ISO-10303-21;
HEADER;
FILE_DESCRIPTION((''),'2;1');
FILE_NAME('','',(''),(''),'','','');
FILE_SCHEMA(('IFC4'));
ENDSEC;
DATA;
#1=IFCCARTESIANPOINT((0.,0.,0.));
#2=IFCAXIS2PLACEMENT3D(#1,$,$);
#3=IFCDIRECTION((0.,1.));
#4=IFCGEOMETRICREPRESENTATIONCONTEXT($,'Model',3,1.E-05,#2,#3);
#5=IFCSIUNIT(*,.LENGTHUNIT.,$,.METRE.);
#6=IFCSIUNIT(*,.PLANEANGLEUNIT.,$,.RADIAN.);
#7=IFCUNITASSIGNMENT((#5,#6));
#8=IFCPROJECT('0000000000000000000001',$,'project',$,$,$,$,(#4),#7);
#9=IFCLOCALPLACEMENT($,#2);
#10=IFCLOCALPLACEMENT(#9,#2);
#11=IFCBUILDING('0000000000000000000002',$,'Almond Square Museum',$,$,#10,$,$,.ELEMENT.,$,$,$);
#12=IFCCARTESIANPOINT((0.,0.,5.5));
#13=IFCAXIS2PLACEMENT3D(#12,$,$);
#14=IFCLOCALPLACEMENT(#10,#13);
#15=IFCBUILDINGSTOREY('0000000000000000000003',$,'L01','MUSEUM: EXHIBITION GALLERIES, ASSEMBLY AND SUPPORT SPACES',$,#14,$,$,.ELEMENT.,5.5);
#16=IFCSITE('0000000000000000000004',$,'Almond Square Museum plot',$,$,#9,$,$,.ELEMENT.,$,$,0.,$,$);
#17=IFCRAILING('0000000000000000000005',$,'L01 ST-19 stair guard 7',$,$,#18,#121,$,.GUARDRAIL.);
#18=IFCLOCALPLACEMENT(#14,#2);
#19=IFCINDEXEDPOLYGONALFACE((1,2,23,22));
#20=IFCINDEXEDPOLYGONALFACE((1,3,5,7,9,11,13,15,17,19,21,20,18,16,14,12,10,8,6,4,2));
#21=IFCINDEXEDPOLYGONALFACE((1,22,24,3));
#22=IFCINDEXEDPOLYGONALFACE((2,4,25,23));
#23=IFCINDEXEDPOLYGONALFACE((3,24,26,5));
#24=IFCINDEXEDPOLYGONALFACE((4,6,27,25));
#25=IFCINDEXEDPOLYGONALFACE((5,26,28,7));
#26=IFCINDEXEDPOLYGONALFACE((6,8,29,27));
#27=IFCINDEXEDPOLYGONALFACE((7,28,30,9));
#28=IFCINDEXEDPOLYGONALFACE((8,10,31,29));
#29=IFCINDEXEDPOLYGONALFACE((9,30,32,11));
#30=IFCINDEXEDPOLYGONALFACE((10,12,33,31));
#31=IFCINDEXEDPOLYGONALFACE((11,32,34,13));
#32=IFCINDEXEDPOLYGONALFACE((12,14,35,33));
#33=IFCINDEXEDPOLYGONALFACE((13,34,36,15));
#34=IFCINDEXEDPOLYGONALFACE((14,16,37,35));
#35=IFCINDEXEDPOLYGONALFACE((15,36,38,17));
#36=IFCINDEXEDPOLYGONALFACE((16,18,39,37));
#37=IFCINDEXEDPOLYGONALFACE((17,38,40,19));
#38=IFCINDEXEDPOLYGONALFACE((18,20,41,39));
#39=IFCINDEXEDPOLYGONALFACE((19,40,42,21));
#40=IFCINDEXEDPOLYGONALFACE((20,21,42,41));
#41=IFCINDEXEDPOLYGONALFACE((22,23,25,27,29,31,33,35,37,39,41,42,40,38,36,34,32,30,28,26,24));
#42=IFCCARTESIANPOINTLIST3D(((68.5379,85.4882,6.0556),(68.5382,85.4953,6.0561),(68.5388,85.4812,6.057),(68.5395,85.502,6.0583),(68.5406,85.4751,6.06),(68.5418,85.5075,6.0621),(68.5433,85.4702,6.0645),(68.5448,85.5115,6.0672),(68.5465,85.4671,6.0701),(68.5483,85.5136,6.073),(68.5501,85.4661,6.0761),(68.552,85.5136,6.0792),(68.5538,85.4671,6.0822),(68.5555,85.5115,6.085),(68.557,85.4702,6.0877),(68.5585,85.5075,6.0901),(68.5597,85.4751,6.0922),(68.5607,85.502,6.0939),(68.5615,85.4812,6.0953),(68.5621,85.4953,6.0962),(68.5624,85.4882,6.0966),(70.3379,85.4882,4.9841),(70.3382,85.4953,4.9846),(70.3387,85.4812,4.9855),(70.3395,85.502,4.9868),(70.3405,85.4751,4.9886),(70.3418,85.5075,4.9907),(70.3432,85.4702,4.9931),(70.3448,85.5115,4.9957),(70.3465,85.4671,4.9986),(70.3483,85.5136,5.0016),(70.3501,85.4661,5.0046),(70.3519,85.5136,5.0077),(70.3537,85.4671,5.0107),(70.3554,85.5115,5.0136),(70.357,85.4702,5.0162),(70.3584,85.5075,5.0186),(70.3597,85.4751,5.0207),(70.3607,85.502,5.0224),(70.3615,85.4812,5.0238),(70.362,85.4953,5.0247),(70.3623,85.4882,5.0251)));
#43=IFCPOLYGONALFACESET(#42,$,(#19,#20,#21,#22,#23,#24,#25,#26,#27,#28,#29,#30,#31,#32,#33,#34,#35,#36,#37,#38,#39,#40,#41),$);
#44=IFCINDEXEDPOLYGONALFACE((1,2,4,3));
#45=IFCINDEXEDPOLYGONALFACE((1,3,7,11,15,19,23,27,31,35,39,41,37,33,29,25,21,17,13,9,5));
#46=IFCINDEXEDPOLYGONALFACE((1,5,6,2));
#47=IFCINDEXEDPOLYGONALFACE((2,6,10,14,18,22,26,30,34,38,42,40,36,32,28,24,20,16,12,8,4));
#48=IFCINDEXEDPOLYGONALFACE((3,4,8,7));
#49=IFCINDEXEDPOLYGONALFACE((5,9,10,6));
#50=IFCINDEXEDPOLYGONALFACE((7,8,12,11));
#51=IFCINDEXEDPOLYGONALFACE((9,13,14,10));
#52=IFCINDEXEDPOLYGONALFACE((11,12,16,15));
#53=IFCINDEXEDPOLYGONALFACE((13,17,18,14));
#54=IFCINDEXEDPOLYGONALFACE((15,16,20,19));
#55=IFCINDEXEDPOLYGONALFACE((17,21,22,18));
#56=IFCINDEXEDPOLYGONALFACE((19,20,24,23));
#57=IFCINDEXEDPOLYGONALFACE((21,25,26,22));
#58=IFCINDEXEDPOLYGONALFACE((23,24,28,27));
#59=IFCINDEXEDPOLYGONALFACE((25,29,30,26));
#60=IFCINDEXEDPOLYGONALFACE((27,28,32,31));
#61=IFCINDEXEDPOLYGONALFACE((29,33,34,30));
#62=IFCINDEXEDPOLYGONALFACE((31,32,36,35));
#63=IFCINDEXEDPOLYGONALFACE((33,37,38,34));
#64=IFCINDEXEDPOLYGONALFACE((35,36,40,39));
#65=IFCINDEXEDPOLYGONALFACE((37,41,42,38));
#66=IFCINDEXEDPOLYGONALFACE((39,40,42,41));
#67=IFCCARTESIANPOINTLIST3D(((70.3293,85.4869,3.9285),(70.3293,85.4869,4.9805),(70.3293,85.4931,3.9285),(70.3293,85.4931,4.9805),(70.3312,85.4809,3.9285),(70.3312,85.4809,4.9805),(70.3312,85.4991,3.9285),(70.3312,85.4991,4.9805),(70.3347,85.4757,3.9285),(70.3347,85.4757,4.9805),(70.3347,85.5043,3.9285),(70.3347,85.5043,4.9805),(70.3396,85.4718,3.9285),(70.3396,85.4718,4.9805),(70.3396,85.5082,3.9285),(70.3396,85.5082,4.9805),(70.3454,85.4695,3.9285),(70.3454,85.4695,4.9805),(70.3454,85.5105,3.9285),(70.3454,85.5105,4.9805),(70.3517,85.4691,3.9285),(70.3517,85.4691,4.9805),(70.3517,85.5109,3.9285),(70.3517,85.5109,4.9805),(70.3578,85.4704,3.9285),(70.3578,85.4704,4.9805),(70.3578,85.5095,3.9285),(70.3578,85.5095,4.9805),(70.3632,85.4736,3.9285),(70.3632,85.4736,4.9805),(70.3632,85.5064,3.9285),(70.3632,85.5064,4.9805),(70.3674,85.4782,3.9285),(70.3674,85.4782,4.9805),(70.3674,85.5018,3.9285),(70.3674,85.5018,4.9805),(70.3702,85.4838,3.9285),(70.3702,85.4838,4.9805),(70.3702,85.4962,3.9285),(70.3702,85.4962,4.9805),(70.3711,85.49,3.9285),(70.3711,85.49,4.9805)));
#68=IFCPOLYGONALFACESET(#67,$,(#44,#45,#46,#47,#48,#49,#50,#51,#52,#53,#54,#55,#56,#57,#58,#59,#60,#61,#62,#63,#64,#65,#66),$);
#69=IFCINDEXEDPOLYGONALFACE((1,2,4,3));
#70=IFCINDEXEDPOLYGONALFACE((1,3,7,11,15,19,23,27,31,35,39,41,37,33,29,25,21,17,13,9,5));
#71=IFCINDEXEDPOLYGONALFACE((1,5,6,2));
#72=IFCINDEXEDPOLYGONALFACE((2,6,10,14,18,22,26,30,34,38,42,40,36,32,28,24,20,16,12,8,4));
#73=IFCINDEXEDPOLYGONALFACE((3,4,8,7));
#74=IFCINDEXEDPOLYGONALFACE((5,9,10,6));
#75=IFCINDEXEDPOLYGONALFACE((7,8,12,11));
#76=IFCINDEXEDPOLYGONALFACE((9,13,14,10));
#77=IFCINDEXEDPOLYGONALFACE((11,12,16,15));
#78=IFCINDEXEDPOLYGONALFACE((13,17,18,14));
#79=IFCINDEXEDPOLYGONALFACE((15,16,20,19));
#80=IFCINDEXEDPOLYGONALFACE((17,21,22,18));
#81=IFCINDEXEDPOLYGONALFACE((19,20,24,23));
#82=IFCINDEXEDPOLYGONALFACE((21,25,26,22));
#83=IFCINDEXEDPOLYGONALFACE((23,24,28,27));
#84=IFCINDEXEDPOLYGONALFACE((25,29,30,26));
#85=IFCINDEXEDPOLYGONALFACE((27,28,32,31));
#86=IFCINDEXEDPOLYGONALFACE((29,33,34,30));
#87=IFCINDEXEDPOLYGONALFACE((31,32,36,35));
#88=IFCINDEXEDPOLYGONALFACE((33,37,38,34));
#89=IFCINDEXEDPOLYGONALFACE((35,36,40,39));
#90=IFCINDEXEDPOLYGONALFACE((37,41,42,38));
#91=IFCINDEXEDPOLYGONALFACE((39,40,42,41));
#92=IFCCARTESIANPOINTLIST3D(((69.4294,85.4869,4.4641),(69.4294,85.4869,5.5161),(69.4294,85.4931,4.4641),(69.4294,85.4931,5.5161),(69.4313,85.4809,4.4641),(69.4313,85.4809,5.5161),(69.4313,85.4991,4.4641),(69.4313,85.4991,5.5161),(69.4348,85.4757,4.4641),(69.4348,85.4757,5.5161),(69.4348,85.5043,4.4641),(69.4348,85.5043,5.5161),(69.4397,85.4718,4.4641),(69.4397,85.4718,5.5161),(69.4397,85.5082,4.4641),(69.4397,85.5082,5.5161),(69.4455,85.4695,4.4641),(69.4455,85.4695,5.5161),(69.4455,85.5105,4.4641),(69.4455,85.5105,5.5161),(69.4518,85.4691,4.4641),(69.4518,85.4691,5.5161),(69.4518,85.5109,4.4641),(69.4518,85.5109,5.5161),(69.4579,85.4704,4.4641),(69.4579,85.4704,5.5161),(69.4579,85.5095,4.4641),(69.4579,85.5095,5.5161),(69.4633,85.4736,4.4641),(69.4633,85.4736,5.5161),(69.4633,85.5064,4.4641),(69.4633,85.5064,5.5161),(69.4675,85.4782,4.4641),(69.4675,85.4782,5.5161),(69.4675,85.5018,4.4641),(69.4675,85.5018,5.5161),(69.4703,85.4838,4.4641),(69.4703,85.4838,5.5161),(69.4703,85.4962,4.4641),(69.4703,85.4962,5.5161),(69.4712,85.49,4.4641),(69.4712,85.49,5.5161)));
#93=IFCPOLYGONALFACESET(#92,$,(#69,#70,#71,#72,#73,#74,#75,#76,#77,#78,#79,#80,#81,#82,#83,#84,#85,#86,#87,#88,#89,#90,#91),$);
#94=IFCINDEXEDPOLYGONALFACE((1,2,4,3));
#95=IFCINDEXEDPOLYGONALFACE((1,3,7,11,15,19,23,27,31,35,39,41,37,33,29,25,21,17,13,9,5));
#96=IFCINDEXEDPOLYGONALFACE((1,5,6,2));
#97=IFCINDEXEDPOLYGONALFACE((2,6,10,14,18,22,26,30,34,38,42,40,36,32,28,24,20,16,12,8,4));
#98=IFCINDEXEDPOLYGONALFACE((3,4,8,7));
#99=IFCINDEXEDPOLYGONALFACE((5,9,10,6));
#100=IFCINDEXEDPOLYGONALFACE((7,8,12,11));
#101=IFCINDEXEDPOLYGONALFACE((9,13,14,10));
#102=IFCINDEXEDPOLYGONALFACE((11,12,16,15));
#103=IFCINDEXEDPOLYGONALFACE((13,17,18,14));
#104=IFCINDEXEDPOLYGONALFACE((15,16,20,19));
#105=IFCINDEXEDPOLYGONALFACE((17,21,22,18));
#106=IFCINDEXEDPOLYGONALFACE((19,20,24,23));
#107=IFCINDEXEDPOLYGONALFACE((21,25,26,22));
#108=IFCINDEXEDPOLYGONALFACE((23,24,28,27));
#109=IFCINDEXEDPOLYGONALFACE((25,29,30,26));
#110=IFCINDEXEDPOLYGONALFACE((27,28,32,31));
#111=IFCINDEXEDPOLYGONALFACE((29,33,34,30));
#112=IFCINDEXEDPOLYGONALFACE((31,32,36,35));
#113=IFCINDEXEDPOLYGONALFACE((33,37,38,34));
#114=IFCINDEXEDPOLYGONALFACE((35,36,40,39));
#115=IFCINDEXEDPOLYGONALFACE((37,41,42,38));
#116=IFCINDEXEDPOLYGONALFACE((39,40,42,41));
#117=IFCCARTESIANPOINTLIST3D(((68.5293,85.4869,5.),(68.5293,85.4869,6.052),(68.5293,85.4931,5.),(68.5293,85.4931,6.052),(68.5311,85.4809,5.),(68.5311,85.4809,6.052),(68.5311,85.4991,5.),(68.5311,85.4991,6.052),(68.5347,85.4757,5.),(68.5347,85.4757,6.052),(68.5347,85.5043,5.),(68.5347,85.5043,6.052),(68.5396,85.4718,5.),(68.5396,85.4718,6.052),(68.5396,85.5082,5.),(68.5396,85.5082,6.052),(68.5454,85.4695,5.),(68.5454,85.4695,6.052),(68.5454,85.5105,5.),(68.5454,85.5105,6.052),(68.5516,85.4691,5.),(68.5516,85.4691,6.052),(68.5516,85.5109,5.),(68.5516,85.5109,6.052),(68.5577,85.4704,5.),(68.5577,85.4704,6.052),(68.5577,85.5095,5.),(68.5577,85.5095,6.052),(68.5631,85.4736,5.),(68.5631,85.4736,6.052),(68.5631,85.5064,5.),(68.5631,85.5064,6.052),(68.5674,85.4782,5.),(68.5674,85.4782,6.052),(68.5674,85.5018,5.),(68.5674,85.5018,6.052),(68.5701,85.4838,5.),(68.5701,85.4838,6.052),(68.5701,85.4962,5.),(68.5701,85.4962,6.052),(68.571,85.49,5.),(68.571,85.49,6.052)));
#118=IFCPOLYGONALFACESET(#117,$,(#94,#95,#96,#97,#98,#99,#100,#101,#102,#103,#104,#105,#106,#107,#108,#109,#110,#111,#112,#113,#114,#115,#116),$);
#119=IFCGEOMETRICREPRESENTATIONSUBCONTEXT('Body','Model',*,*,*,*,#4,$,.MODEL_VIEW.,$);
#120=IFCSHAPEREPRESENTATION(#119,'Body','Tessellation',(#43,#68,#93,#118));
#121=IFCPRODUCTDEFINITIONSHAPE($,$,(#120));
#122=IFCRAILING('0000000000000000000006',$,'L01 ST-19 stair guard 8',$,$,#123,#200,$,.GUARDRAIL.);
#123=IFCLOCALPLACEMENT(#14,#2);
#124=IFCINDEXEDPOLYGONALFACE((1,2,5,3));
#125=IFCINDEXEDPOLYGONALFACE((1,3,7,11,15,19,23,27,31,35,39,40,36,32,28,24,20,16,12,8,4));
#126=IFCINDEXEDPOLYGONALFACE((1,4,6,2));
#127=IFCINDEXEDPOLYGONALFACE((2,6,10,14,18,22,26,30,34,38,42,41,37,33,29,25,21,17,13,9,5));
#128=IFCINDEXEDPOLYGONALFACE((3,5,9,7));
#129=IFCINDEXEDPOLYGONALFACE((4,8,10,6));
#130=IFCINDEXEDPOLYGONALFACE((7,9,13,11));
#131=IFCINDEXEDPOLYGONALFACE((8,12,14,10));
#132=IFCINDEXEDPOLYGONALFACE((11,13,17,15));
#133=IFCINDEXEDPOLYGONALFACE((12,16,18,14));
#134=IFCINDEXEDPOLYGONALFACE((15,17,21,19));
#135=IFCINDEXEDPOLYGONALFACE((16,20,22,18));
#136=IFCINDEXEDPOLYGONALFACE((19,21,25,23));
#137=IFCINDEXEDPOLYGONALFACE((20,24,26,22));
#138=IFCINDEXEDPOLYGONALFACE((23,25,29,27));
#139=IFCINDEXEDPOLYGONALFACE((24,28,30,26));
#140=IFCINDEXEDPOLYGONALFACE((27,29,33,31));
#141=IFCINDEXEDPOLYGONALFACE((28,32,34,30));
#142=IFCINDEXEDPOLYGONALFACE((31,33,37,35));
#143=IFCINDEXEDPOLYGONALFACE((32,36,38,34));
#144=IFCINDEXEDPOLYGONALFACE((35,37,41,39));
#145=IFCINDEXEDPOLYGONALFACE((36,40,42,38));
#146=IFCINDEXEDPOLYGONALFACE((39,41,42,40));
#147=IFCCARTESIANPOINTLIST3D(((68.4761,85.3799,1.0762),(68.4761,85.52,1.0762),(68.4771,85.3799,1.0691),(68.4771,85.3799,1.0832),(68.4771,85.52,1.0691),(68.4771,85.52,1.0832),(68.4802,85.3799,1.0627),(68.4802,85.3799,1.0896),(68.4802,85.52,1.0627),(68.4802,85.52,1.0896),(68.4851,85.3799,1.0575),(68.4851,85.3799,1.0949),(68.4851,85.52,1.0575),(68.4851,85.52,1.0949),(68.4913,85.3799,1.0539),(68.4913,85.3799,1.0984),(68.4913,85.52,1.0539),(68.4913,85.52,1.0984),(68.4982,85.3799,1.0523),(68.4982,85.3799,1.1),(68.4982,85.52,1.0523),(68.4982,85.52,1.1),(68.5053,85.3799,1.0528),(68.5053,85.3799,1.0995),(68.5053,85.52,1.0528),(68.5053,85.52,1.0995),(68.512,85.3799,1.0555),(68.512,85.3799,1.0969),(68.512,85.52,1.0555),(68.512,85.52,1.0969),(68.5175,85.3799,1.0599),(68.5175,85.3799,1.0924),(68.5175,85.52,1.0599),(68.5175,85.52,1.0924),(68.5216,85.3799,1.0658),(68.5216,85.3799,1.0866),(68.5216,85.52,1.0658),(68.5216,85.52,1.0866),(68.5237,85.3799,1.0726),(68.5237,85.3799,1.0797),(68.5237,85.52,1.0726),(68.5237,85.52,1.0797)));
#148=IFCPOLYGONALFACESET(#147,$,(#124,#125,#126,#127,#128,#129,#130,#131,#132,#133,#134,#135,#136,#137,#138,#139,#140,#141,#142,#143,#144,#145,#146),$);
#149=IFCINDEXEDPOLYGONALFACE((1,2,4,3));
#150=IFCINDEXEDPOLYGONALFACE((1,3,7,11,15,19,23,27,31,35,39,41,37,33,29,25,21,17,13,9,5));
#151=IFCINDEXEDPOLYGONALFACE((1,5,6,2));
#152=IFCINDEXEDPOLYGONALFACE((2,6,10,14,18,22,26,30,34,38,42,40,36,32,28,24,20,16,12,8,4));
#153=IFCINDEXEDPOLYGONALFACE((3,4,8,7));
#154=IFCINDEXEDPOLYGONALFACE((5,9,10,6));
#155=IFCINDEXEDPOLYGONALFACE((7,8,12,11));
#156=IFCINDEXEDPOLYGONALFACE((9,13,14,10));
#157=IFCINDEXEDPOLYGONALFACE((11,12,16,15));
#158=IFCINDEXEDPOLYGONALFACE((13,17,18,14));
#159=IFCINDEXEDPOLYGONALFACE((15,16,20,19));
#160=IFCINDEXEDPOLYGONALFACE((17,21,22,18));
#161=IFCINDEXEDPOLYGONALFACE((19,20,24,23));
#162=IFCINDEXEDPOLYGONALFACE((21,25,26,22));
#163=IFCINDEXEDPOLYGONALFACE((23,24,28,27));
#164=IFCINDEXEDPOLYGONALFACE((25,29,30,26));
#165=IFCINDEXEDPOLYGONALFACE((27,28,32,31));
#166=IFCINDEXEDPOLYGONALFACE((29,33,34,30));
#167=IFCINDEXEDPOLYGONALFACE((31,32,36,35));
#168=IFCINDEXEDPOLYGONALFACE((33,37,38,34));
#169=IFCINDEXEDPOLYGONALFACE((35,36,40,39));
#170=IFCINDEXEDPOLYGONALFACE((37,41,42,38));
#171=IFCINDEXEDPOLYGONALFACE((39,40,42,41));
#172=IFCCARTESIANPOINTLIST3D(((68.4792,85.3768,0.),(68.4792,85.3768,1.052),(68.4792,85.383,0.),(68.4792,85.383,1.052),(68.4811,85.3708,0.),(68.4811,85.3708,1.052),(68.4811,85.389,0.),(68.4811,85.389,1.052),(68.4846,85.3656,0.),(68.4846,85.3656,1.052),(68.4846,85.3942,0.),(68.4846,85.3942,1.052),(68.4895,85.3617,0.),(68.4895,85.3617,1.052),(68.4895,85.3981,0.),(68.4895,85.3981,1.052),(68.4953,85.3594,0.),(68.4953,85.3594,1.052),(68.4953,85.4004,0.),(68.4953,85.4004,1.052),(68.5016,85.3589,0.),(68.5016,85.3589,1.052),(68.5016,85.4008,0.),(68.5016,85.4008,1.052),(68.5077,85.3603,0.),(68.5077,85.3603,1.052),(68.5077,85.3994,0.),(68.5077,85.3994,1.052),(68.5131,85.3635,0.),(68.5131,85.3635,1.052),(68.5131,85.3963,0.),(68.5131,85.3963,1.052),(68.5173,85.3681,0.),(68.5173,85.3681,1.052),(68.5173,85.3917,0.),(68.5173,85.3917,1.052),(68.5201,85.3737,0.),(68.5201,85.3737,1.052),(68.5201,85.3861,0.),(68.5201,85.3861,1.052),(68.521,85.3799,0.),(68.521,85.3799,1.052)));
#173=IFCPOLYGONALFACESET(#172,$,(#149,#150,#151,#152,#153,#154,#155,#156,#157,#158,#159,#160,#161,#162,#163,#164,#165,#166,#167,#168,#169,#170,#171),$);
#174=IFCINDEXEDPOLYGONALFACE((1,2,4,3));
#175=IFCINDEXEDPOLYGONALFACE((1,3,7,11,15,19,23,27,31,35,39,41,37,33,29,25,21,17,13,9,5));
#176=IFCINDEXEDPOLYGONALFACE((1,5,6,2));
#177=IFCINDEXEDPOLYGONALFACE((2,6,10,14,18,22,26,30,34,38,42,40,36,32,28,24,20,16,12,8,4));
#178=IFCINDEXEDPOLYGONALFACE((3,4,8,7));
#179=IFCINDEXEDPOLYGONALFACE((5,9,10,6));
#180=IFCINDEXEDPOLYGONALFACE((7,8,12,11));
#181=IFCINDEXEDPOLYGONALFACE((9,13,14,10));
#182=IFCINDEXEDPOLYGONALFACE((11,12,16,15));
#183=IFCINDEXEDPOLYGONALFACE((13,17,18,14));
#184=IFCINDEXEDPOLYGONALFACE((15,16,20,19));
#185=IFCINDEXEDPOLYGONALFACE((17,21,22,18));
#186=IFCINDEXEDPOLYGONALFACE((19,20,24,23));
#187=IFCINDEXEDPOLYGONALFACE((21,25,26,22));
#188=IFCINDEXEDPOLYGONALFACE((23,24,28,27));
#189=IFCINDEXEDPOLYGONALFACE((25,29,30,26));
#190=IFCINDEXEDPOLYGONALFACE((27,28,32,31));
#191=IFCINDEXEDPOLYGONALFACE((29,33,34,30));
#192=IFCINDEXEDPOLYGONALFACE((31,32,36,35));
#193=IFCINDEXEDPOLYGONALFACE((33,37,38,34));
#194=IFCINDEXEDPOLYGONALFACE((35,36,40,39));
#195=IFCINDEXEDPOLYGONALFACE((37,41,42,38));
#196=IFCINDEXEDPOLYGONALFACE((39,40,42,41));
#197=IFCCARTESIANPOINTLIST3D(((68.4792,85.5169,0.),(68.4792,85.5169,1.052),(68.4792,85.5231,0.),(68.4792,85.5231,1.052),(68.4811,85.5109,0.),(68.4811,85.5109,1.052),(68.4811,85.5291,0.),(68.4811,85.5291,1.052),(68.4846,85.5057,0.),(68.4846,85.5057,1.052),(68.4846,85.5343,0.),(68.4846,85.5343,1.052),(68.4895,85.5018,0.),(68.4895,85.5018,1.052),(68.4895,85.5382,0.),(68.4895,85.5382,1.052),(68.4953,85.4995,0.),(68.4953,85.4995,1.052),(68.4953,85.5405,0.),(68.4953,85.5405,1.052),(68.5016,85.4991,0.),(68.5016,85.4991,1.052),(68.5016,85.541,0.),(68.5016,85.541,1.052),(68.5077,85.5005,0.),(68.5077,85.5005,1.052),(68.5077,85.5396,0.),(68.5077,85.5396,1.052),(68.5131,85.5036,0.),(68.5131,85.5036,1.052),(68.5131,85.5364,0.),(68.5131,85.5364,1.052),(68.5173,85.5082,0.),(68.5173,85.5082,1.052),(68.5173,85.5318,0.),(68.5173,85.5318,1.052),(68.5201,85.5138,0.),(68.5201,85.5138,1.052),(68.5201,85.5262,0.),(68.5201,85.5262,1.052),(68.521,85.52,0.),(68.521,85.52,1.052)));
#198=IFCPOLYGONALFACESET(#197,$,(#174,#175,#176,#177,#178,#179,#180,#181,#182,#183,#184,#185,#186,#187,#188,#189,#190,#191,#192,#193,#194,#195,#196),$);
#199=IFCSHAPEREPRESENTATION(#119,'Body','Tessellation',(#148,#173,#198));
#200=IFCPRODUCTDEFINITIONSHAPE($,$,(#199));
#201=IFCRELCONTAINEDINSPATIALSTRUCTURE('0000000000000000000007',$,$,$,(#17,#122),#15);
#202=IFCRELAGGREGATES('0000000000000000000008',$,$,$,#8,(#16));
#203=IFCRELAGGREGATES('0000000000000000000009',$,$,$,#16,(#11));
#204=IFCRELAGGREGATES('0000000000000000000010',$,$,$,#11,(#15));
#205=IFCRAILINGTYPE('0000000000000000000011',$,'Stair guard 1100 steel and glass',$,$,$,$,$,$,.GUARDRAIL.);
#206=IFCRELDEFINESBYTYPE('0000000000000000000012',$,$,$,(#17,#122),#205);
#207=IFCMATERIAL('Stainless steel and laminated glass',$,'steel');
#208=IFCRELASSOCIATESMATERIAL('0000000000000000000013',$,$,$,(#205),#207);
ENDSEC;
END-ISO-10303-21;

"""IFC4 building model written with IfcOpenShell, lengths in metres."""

from ifc_helpers import new_model, si_unit, direction, frame, origin, origin_2d, place, context, subcontext, project, spatial, circle, extrude, material, type_object, element, save


model = new_model("IFC4")

# Units and contexts
model_context = context("Model", 3, precision=1e-05, world=origin(), true_north=direction((0.0, 1.0)))
body_context = subcontext(model_context, "Body", "Model", "MODEL_VIEW")
ifc_project = project(units=[si_unit("LENGTHUNIT", "METRE"), si_unit("PLANEANGLEUNIT", "RADIAN")], contexts=[model_context])

# Site, building, storey
site_placement = place(None, origin())
site = spatial("IfcSite", under=ifc_project, at=site_placement, Name="Almond Square Museum plot", CompositionType="ELEMENT", RefElevation=0.0)
building_placement = place(site_placement, origin())
building = spatial("IfcBuilding", under=site, at=building_placement, Name="Almond Square Museum", CompositionType="ELEMENT")
storey_placement = place(building_placement, frame((0.0, 0.0, 5.5)))
storey = spatial("IfcBuildingStorey", under=building, at=storey_placement, Name="L01", Description="MUSEUM: EXHIBITION GALLERIES, ASSEMBLY AND SUPPORT SPACES", CompositionType="ELEMENT", Elevation=5.5)

# Railings
ifc_material_1 = material(Name="Stainless steel and laminated glass", Category="steel")
railing_type_1 = type_object("IfcRailingType", Name="Stair guard 1100 steel and glass", PredefinedType="GUARDRAIL", material=ifc_material_1)
railing_1_placement = place(storey_placement, frame((70.3501, 85.49, 3.9285)))
element("IfcRailing", 1, at=railing_1_placement, inside=storey, type_object=railing_type_1, Name="L01 ST-19 stair guard 7", PredefinedType="GUARDRAIL", context=body_context, shape_type="SweptSolid", body=[
    extrude(circle(Radius=0.0239, at=origin_2d()), frame((0.0, 0.0, 1.0762), z_axis=(-0.859277, 0.0, 0.51151), x_axis=(0.0, -1.0, 0.0)), (0.0, 0.0, 1.0), 2.0947),
    extrude(circle(Radius=0.021, at=origin_2d()), origin(), (0.0, 0.0, 1.0), 1.052),
    extrude(circle(Radius=0.021, at=origin_2d()), frame((-0.8999, 0.0, 0.5356)), (0.0, 0.0, 1.0), 1.052),
    extrude(circle(Radius=0.021, at=origin_2d()), frame((-1.8, 0.0, 1.0715)), (0.0, 0.0, 1.0), 1.052),
])
railing_2_placement = place(storey_placement, frame((68.5, 85.3799, 0.0)))
element("IfcRailing", 2, at=railing_2_placement, inside=storey, type_object=railing_type_1, Name="L01 ST-19 stair guard 8", PredefinedType="GUARDRAIL", context=body_context, shape_type="SweptSolid", body=[
    extrude(circle(Radius=0.0239, at=origin_2d()), frame((0.0, 0.0, 1.0762), z_axis=(0.0, 1.0, 0.0), x_axis=(-1.0, 0.0, 0.0)), (0.0, 0.0, 1.0), 0.1401),
    extrude(circle(Radius=0.021, at=origin_2d()), origin(), (0.0, 0.0, 1.0), 1.052),
    extrude(circle(Radius=0.021, at=origin_2d()), frame((0.0, 0.1401, 0.0)), (0.0, 0.0, 1.0), 1.052),
])

save(model, "model.ifc")
